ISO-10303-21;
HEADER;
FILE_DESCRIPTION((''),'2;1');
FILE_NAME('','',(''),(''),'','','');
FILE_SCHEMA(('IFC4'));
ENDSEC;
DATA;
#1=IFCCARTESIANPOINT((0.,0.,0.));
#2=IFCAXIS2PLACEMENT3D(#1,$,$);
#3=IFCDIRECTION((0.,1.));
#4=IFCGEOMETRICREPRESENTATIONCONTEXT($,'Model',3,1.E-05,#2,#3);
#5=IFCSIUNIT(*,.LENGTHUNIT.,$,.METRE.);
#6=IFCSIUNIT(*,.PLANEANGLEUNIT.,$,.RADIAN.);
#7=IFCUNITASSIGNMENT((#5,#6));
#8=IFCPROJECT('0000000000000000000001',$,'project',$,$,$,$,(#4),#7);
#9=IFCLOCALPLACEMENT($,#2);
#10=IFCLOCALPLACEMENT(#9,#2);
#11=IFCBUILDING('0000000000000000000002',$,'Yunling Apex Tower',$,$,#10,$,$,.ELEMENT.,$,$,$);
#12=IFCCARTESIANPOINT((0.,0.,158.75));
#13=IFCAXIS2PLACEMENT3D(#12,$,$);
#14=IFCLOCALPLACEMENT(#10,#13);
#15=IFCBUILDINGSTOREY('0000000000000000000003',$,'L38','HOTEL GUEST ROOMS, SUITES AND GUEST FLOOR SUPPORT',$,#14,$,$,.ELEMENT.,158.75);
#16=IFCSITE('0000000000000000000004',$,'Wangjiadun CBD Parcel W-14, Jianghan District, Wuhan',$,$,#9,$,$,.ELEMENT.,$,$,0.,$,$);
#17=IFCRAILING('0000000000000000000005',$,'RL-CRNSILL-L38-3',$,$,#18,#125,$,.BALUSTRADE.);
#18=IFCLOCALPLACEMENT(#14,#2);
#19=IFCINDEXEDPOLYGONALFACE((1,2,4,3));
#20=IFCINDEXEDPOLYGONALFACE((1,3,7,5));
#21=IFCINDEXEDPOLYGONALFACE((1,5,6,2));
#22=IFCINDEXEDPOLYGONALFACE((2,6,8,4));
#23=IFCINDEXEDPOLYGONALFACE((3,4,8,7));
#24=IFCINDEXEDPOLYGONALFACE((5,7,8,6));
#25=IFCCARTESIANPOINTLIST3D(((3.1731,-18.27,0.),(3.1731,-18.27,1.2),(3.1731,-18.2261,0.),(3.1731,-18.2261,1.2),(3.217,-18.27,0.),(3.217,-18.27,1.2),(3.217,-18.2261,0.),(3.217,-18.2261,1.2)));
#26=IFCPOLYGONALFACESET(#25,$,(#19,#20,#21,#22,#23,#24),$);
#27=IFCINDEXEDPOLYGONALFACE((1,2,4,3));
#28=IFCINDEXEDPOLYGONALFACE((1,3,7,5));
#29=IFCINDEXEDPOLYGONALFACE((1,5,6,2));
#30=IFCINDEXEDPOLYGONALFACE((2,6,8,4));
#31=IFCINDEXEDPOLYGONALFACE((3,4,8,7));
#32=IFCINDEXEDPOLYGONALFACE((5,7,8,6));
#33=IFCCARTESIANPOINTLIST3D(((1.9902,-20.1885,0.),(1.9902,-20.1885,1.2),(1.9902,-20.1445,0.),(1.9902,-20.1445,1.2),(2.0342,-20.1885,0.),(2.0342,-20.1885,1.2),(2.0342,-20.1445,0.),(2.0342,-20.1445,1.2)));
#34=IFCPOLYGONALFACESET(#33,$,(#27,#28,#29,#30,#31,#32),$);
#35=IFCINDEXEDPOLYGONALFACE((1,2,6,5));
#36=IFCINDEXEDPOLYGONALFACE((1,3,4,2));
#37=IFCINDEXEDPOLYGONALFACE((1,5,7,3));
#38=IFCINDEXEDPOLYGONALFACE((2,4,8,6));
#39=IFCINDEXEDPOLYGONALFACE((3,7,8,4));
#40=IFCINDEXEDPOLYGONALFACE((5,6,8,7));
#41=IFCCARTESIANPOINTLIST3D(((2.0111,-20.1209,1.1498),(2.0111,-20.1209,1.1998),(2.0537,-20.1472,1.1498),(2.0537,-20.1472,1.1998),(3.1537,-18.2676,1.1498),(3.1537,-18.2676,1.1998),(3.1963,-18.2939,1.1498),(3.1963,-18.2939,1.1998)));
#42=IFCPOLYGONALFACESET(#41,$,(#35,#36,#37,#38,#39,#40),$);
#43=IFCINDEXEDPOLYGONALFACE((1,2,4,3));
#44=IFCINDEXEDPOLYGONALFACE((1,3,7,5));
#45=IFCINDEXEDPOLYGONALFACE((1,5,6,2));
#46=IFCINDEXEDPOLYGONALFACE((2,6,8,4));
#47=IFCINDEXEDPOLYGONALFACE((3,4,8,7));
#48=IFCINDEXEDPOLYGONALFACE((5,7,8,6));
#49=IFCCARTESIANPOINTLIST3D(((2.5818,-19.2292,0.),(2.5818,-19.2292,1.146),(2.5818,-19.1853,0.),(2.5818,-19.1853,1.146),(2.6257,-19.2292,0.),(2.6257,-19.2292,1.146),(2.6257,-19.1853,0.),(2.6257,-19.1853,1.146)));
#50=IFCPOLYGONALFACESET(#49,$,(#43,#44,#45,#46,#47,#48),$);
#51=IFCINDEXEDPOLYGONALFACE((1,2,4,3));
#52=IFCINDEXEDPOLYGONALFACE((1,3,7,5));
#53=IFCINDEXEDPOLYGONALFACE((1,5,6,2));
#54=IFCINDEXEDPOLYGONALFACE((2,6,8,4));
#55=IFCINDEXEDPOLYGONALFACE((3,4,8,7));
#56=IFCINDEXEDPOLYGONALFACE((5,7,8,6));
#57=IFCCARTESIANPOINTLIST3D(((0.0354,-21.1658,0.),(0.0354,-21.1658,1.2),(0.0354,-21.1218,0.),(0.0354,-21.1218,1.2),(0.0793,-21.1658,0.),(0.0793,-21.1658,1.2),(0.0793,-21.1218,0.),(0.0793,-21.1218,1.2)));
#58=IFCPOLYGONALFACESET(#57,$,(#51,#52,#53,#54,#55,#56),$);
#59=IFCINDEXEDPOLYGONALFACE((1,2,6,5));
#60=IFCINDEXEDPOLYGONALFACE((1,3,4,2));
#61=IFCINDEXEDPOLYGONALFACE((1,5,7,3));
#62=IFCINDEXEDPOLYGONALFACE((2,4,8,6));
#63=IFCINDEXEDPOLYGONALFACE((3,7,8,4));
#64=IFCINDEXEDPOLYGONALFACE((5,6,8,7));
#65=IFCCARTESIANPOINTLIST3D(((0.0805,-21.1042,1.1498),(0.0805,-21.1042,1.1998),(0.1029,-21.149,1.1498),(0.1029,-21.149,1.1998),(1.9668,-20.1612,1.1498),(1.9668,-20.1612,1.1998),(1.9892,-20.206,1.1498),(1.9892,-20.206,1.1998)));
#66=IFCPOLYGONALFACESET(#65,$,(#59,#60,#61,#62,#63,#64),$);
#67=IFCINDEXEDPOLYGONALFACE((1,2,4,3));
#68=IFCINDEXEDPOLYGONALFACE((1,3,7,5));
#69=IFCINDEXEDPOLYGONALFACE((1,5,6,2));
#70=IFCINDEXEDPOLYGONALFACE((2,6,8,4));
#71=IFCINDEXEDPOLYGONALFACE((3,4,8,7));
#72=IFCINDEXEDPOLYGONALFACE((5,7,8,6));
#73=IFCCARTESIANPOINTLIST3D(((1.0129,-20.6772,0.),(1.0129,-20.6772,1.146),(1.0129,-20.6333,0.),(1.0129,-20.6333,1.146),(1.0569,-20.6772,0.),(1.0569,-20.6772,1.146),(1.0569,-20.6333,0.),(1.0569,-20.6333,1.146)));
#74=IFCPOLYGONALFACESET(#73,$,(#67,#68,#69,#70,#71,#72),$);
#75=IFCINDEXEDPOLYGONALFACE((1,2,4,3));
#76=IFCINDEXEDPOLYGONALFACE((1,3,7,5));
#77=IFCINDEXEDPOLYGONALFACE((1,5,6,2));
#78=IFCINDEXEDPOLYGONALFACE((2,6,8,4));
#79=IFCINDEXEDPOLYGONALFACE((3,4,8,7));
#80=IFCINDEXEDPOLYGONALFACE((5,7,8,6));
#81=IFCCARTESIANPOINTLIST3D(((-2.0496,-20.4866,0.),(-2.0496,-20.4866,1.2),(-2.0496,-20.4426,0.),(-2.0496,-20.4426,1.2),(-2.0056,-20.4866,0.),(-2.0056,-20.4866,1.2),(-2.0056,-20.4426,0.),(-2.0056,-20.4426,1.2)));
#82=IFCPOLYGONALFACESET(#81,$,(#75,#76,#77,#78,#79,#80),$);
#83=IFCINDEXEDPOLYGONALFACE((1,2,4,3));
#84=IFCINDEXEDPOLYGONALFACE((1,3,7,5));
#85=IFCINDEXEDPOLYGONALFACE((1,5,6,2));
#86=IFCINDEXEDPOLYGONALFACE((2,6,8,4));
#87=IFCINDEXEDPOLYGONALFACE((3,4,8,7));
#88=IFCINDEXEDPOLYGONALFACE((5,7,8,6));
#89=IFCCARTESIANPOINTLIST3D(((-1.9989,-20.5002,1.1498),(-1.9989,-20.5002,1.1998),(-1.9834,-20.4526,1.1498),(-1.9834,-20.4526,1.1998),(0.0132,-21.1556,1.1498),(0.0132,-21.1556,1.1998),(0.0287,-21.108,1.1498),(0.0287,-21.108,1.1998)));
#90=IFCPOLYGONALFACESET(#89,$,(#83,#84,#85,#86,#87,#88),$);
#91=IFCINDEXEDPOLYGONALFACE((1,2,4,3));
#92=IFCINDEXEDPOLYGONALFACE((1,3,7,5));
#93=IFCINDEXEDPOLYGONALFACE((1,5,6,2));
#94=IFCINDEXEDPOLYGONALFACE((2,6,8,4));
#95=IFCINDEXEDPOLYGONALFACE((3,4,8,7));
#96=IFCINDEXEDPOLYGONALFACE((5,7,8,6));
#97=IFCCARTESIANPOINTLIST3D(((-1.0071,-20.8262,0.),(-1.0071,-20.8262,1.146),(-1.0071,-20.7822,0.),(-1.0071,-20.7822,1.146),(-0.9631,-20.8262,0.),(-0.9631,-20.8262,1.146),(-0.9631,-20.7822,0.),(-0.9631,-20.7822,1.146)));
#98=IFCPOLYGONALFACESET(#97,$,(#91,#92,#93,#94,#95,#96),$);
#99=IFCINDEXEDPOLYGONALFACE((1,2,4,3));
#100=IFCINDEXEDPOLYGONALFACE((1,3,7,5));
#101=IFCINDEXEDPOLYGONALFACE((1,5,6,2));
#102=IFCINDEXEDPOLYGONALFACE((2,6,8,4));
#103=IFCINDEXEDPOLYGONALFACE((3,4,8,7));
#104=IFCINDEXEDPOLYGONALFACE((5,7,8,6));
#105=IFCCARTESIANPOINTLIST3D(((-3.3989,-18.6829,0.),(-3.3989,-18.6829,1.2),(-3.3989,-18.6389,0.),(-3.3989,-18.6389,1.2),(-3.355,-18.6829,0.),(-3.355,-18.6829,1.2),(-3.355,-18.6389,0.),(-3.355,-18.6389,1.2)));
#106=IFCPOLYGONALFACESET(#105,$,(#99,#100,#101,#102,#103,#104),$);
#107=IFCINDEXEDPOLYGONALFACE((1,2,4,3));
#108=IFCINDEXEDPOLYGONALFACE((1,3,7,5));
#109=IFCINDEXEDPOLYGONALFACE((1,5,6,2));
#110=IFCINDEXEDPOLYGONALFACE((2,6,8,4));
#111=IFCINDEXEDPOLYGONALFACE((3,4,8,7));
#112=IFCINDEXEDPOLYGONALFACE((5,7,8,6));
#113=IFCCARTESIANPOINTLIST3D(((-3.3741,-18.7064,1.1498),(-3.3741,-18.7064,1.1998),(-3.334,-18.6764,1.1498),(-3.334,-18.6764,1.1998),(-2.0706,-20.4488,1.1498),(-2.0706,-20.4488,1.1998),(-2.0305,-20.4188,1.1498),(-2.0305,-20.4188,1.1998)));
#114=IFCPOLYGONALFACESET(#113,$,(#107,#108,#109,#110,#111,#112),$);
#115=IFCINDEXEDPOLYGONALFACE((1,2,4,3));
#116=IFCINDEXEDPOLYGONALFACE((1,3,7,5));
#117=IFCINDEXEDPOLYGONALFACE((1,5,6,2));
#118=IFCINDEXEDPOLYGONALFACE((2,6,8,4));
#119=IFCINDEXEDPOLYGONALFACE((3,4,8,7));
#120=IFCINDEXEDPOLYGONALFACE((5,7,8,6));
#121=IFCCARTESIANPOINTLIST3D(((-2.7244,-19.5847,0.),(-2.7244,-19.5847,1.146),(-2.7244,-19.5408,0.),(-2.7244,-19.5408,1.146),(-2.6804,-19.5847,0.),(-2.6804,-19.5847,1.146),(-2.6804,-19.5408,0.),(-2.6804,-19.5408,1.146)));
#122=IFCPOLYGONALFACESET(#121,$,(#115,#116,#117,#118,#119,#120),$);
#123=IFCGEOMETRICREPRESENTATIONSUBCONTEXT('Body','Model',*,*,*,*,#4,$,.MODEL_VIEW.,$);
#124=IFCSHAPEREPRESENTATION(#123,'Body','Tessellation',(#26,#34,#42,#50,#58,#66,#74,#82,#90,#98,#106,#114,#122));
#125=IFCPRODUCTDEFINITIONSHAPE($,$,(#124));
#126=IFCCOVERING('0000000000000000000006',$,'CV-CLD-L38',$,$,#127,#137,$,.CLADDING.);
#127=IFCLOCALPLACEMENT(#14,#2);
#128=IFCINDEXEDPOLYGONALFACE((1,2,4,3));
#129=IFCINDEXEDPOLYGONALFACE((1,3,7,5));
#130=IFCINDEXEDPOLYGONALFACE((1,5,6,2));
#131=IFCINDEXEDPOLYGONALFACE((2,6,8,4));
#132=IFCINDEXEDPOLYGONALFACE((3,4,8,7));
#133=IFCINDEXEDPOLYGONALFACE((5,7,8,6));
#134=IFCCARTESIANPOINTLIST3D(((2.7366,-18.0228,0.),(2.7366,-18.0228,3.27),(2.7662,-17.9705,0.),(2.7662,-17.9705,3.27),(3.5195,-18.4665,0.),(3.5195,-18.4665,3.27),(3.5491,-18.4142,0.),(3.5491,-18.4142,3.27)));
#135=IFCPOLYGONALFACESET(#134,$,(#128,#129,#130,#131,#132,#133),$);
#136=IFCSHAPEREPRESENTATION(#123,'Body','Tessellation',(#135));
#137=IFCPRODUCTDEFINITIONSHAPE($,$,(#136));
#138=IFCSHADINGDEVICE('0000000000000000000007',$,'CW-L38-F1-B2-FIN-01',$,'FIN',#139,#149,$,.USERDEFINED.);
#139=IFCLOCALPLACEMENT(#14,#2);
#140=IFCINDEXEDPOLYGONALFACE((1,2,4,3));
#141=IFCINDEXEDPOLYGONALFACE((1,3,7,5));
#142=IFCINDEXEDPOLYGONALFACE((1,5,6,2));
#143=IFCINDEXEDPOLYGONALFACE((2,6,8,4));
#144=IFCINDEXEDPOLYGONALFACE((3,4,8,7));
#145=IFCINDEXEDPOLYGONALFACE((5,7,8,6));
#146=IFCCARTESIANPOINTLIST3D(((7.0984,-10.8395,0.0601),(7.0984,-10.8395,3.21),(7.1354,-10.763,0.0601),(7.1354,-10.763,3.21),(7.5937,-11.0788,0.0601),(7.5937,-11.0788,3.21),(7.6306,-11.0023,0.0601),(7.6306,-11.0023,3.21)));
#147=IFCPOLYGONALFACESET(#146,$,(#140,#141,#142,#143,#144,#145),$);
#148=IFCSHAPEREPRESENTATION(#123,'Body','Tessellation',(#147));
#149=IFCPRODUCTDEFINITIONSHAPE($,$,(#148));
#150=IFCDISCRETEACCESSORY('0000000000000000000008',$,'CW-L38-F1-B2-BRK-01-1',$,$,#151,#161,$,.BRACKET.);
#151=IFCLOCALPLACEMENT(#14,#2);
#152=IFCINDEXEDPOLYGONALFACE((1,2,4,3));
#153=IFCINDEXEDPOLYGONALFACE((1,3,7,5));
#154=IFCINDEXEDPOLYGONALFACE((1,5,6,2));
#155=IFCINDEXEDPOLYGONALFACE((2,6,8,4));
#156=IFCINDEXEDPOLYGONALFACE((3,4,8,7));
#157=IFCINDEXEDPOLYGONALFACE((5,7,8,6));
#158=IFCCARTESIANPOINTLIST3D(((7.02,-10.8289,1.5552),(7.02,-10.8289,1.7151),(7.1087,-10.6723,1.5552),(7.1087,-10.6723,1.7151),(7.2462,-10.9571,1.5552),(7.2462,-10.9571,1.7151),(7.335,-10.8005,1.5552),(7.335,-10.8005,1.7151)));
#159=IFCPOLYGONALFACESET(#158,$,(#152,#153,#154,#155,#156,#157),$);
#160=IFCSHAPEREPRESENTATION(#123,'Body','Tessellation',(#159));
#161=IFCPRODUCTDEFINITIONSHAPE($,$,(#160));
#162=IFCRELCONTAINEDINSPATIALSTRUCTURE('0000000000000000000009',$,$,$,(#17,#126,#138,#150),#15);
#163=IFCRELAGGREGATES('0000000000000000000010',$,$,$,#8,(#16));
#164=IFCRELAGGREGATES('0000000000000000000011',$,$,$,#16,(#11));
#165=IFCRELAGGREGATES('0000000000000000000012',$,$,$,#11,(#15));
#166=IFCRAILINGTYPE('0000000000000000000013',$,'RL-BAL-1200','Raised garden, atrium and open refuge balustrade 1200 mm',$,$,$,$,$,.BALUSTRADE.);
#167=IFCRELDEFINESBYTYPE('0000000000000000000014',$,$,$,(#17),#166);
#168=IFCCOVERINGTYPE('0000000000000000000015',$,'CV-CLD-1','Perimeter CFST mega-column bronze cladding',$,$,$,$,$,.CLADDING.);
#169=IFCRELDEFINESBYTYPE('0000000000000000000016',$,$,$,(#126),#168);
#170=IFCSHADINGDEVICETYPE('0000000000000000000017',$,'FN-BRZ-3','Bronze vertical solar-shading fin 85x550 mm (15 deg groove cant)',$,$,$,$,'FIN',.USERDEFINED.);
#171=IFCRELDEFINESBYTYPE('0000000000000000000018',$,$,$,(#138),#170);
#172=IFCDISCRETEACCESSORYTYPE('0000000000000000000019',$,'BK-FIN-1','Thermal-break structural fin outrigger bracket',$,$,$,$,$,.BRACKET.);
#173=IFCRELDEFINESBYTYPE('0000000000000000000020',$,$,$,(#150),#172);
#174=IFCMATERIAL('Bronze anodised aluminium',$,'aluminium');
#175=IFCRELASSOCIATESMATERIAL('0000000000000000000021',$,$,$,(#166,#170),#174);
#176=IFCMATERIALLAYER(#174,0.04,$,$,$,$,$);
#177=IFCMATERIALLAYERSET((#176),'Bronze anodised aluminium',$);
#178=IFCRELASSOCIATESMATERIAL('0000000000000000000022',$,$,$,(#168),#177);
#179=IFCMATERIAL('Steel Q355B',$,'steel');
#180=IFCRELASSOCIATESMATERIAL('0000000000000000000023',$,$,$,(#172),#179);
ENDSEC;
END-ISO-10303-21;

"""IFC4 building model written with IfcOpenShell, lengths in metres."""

from ifc_helpers import new_model, si_unit, direction, frame, origin, origin_2d, place, context, subcontext, project, spatial, rectangle, extrude, source, transform, mapped, material, layer, layer_set, material_profile, profile_set, type_object, element, save


model = new_model("IFC4")

# Units and contexts
model_context = context("Model", 3, precision=1e-05, world=origin(), true_north=direction((0.0, 1.0)))
body_context = subcontext(model_context, "Body", "Model", "MODEL_VIEW")
ifc_project = project(units=[si_unit("LENGTHUNIT", "METRE"), si_unit("PLANEANGLEUNIT", "RADIAN")], contexts=[model_context])

# Site, building, storey
site_placement = place(None, origin())
site = spatial("IfcSite", under=ifc_project, at=site_placement, Name="Wangjiadun CBD Parcel W-14, Jianghan District, Wuhan", CompositionType="ELEMENT", RefElevation=0.0)
building_placement = place(site_placement, origin())
building = spatial("IfcBuilding", under=site, at=building_placement, Name="Yunling Apex Tower", CompositionType="ELEMENT")
storey_placement = place(building_placement, frame((0.0, 0.0, 158.75)))
storey = spatial("IfcBuildingStorey", under=building, at=storey_placement, Name="L38", Description="HOTEL GUEST ROOMS, SUITES AND GUEST FLOOR SUPPORT", CompositionType="ELEMENT", Elevation=158.75)

# Shared definitions
ifc_material_1 = material(Name="Steel Q355B", Category="steel")

# Shared definitions
ifc_material_2 = material(Name="Bronze anodised aluminium", Category="aluminium")

# Railing
railing_type = type_object("IfcRailingType", Name="RL-BAL-1200", Description="Raised garden, atrium and open refuge balustrade 1200 mm", PredefinedType="BALUSTRADE", material=ifc_material_2)
railing_placement = place(storey_placement, frame((3.1951, -18.248, 0.0)))
element("IfcRailing", 1, at=railing_placement, inside=storey, type_object=railing_type, Name="RL-CRNSILL-L38-3", PredefinedType="BALUSTRADE", context=body_context, shape_type="SweptSolid", body=[
    extrude(rectangle(XDim=0.0439, YDim=0.0439, at=origin_2d()), origin(), (0.0, 0.0, 1.0), 1.2),
    extrude(rectangle(XDim=0.0439, YDim=0.0439, at=origin_2d()), frame((-1.1829, -1.9185, 0.0)), (0.0, 0.0, 1.0), 1.2),
    extrude(rectangle(XDim=0.05, YDim=0.05, at=origin_2d()), frame((-0.02, -0.0327, 1.1748), z_axis=(-0.524829, -0.851208, 0.0), x_axis=(0.851208, -0.524829, 0.0)), (0.0, 0.0, 1.0), 2.1772),
    extrude(rectangle(XDim=0.0439, YDim=0.0439, at=origin_2d()), frame((-0.5913, -0.9592, 0.0)), (0.0, 0.0, 1.0), 1.146),
    extrude(rectangle(XDim=0.0439, YDim=0.0439, at=origin_2d()), frame((-3.1377, -2.8958, 0.0)), (0.0, 0.0, 1.0), 1.2),
    extrude(rectangle(XDim=0.05, YDim=0.05, at=origin_2d()), frame((-1.217, -1.9355, 1.1748), z_axis=(-0.89445, -0.447169, 0.0), x_axis=(0.447169, -0.89445, 0.0)), (0.0, 0.0, 1.0), 2.1089),
    extrude(rectangle(XDim=0.0439, YDim=0.0439, at=origin_2d()), frame((-2.1602, -2.4072, 0.0)), (0.0, 0.0, 1.0), 1.146),
    extrude(rectangle(XDim=0.0439, YDim=0.0439, at=origin_2d()), frame((-5.2227, -2.2166, 0.0)), (0.0, 0.0, 1.0), 1.2),
    extrude(rectangle(XDim=0.05, YDim=0.05, at=origin_2d()), frame((-3.1741, -2.8838, 1.1748), z_axis=(-0.950821, 0.309741, 0.0), x_axis=(-0.309741, -0.950821, 0.0)), (0.0, 0.0, 1.0), 2.1162),
    extrude(rectangle(XDim=0.0439, YDim=0.0439, at=origin_2d()), frame((-4.1802, -2.5562, 0.0)), (0.0, 0.0, 1.0), 1.146),
    extrude(rectangle(XDim=0.0439, YDim=0.0439, at=origin_2d()), frame((-6.572, -0.4128, 0.0)), (0.0, 0.0, 1.0), 1.2),
    extrude(rectangle(XDim=0.05, YDim=0.05, at=origin_2d()), frame((-5.2456, -2.1858, 1.1748), z_axis=(-0.599028, 0.800728, 0.0), x_axis=(-0.800728, -0.599028, 0.0)), (0.0, 0.0, 1.0), 2.176),
    extrude(rectangle(XDim=0.0439, YDim=0.0439, at=origin_2d()), frame((-5.8975, -1.3147, 0.0)), (0.0, 0.0, 1.0), 1.146),
])

# Covering
ifc_layer_1 = layer(ifc_material_2, 0.04)
ifc_layer_set_1 = layer_set([ifc_layer_1], Name="Bronze anodised aluminium")
covering_type = type_object("IfcCoveringType", Name="CV-CLD-1", Description="Perimeter CFST mega-column bronze cladding", PredefinedType="CLADDING", material=ifc_layer_set_1)
shared_shape_1 = source(origin(), body_context, "Body", "SweptSolid", [
    extrude(rectangle(XDim=0.0601, YDim=0.8999, at=origin_2d()), origin(), (0.0, 0.0, 1.0), 3.27),
])
covering_placement = place(storey_placement, frame((3.1428, -18.2185, 0.0), z_axis=(0.0, 0.0, 1.0), x_axis=(0.493031, 0.870012, 0.0)))
element("IfcCovering", 2, at=covering_placement, inside=storey, type_object=covering_type, Name="CV-CLD-L38", PredefinedType="CLADDING", context=body_context, shape_type="MappedRepresentation", body=[
    mapped(shared_shape_1, transform((0.0, 0.0, 0.0), scale=1.0)),
])

# Shading device
ifc_material_profile_1 = material_profile(ifc_material_2, rectangle(XDim=0.085, YDim=0.55, at=origin_2d()))
ifc_profile_set_1 = profile_set([ifc_material_profile_1], Name="Bronze anodised aluminium")
shading_device_type = type_object("IfcShadingDeviceType", Name="FN-BRZ-3", Description="Bronze vertical solar-shading fin 85x550 mm (15 deg groove cant)", ElementType="FIN", PredefinedType="USERDEFINED", material=ifc_profile_set_1)
shared_shape_2 = source(origin(), body_context, "Body", "SweptSolid", [
    extrude(rectangle(XDim=0.085, YDim=0.55, at=origin_2d()), origin(), (0.0, 0.0, 1.0), 3.1499),
])
shading_device_placement = place(storey_placement, frame((7.3645, -10.9209, 0.0601), z_axis=(0.0, 0.0, 1.0), x_axis=(0.435074, 0.900395, 0.0)))
element("IfcShadingDevice", 3, at=shading_device_placement, inside=storey, type_object=shading_device_type, Name="CW-L38-F1-B2-FIN-01", ObjectType="FIN", PredefinedType="USERDEFINED", context=body_context, shape_type="MappedRepresentation", body=[
    mapped(shared_shape_2, transform((0.0, 0.0, 0.0), scale=1.0)),
])

# Discrete accessory
discrete_accessory_type = type_object("IfcDiscreteAccessoryType", Name="BK-FIN-1", Description="Thermal-break structural fin outrigger bracket", PredefinedType="BRACKET", material=ifc_material_1)
shared_shape_3 = source(origin(), body_context, "Body", "SweptSolid", [
    extrude(rectangle(XDim=0.1799, YDim=0.26, at=origin_2d()), origin(), (0.0, 0.0, 1.0), 0.1599),
])
discrete_accessory_placement = place(storey_placement, frame((7.1775, -10.8147, 1.5552), z_axis=(0.0, 0.0, 1.0), x_axis=(0.493031, 0.870012, 0.0)))
element("IfcDiscreteAccessory", 4, at=discrete_accessory_placement, inside=storey, type_object=discrete_accessory_type, Name="CW-L38-F1-B2-BRK-01-1", PredefinedType="BRACKET", context=body_context, shape_type="MappedRepresentation", body=[
    mapped(shared_shape_3, transform((0.0, 0.0, 0.0), scale=1.0)),
])

save(model, "model.ifc")
